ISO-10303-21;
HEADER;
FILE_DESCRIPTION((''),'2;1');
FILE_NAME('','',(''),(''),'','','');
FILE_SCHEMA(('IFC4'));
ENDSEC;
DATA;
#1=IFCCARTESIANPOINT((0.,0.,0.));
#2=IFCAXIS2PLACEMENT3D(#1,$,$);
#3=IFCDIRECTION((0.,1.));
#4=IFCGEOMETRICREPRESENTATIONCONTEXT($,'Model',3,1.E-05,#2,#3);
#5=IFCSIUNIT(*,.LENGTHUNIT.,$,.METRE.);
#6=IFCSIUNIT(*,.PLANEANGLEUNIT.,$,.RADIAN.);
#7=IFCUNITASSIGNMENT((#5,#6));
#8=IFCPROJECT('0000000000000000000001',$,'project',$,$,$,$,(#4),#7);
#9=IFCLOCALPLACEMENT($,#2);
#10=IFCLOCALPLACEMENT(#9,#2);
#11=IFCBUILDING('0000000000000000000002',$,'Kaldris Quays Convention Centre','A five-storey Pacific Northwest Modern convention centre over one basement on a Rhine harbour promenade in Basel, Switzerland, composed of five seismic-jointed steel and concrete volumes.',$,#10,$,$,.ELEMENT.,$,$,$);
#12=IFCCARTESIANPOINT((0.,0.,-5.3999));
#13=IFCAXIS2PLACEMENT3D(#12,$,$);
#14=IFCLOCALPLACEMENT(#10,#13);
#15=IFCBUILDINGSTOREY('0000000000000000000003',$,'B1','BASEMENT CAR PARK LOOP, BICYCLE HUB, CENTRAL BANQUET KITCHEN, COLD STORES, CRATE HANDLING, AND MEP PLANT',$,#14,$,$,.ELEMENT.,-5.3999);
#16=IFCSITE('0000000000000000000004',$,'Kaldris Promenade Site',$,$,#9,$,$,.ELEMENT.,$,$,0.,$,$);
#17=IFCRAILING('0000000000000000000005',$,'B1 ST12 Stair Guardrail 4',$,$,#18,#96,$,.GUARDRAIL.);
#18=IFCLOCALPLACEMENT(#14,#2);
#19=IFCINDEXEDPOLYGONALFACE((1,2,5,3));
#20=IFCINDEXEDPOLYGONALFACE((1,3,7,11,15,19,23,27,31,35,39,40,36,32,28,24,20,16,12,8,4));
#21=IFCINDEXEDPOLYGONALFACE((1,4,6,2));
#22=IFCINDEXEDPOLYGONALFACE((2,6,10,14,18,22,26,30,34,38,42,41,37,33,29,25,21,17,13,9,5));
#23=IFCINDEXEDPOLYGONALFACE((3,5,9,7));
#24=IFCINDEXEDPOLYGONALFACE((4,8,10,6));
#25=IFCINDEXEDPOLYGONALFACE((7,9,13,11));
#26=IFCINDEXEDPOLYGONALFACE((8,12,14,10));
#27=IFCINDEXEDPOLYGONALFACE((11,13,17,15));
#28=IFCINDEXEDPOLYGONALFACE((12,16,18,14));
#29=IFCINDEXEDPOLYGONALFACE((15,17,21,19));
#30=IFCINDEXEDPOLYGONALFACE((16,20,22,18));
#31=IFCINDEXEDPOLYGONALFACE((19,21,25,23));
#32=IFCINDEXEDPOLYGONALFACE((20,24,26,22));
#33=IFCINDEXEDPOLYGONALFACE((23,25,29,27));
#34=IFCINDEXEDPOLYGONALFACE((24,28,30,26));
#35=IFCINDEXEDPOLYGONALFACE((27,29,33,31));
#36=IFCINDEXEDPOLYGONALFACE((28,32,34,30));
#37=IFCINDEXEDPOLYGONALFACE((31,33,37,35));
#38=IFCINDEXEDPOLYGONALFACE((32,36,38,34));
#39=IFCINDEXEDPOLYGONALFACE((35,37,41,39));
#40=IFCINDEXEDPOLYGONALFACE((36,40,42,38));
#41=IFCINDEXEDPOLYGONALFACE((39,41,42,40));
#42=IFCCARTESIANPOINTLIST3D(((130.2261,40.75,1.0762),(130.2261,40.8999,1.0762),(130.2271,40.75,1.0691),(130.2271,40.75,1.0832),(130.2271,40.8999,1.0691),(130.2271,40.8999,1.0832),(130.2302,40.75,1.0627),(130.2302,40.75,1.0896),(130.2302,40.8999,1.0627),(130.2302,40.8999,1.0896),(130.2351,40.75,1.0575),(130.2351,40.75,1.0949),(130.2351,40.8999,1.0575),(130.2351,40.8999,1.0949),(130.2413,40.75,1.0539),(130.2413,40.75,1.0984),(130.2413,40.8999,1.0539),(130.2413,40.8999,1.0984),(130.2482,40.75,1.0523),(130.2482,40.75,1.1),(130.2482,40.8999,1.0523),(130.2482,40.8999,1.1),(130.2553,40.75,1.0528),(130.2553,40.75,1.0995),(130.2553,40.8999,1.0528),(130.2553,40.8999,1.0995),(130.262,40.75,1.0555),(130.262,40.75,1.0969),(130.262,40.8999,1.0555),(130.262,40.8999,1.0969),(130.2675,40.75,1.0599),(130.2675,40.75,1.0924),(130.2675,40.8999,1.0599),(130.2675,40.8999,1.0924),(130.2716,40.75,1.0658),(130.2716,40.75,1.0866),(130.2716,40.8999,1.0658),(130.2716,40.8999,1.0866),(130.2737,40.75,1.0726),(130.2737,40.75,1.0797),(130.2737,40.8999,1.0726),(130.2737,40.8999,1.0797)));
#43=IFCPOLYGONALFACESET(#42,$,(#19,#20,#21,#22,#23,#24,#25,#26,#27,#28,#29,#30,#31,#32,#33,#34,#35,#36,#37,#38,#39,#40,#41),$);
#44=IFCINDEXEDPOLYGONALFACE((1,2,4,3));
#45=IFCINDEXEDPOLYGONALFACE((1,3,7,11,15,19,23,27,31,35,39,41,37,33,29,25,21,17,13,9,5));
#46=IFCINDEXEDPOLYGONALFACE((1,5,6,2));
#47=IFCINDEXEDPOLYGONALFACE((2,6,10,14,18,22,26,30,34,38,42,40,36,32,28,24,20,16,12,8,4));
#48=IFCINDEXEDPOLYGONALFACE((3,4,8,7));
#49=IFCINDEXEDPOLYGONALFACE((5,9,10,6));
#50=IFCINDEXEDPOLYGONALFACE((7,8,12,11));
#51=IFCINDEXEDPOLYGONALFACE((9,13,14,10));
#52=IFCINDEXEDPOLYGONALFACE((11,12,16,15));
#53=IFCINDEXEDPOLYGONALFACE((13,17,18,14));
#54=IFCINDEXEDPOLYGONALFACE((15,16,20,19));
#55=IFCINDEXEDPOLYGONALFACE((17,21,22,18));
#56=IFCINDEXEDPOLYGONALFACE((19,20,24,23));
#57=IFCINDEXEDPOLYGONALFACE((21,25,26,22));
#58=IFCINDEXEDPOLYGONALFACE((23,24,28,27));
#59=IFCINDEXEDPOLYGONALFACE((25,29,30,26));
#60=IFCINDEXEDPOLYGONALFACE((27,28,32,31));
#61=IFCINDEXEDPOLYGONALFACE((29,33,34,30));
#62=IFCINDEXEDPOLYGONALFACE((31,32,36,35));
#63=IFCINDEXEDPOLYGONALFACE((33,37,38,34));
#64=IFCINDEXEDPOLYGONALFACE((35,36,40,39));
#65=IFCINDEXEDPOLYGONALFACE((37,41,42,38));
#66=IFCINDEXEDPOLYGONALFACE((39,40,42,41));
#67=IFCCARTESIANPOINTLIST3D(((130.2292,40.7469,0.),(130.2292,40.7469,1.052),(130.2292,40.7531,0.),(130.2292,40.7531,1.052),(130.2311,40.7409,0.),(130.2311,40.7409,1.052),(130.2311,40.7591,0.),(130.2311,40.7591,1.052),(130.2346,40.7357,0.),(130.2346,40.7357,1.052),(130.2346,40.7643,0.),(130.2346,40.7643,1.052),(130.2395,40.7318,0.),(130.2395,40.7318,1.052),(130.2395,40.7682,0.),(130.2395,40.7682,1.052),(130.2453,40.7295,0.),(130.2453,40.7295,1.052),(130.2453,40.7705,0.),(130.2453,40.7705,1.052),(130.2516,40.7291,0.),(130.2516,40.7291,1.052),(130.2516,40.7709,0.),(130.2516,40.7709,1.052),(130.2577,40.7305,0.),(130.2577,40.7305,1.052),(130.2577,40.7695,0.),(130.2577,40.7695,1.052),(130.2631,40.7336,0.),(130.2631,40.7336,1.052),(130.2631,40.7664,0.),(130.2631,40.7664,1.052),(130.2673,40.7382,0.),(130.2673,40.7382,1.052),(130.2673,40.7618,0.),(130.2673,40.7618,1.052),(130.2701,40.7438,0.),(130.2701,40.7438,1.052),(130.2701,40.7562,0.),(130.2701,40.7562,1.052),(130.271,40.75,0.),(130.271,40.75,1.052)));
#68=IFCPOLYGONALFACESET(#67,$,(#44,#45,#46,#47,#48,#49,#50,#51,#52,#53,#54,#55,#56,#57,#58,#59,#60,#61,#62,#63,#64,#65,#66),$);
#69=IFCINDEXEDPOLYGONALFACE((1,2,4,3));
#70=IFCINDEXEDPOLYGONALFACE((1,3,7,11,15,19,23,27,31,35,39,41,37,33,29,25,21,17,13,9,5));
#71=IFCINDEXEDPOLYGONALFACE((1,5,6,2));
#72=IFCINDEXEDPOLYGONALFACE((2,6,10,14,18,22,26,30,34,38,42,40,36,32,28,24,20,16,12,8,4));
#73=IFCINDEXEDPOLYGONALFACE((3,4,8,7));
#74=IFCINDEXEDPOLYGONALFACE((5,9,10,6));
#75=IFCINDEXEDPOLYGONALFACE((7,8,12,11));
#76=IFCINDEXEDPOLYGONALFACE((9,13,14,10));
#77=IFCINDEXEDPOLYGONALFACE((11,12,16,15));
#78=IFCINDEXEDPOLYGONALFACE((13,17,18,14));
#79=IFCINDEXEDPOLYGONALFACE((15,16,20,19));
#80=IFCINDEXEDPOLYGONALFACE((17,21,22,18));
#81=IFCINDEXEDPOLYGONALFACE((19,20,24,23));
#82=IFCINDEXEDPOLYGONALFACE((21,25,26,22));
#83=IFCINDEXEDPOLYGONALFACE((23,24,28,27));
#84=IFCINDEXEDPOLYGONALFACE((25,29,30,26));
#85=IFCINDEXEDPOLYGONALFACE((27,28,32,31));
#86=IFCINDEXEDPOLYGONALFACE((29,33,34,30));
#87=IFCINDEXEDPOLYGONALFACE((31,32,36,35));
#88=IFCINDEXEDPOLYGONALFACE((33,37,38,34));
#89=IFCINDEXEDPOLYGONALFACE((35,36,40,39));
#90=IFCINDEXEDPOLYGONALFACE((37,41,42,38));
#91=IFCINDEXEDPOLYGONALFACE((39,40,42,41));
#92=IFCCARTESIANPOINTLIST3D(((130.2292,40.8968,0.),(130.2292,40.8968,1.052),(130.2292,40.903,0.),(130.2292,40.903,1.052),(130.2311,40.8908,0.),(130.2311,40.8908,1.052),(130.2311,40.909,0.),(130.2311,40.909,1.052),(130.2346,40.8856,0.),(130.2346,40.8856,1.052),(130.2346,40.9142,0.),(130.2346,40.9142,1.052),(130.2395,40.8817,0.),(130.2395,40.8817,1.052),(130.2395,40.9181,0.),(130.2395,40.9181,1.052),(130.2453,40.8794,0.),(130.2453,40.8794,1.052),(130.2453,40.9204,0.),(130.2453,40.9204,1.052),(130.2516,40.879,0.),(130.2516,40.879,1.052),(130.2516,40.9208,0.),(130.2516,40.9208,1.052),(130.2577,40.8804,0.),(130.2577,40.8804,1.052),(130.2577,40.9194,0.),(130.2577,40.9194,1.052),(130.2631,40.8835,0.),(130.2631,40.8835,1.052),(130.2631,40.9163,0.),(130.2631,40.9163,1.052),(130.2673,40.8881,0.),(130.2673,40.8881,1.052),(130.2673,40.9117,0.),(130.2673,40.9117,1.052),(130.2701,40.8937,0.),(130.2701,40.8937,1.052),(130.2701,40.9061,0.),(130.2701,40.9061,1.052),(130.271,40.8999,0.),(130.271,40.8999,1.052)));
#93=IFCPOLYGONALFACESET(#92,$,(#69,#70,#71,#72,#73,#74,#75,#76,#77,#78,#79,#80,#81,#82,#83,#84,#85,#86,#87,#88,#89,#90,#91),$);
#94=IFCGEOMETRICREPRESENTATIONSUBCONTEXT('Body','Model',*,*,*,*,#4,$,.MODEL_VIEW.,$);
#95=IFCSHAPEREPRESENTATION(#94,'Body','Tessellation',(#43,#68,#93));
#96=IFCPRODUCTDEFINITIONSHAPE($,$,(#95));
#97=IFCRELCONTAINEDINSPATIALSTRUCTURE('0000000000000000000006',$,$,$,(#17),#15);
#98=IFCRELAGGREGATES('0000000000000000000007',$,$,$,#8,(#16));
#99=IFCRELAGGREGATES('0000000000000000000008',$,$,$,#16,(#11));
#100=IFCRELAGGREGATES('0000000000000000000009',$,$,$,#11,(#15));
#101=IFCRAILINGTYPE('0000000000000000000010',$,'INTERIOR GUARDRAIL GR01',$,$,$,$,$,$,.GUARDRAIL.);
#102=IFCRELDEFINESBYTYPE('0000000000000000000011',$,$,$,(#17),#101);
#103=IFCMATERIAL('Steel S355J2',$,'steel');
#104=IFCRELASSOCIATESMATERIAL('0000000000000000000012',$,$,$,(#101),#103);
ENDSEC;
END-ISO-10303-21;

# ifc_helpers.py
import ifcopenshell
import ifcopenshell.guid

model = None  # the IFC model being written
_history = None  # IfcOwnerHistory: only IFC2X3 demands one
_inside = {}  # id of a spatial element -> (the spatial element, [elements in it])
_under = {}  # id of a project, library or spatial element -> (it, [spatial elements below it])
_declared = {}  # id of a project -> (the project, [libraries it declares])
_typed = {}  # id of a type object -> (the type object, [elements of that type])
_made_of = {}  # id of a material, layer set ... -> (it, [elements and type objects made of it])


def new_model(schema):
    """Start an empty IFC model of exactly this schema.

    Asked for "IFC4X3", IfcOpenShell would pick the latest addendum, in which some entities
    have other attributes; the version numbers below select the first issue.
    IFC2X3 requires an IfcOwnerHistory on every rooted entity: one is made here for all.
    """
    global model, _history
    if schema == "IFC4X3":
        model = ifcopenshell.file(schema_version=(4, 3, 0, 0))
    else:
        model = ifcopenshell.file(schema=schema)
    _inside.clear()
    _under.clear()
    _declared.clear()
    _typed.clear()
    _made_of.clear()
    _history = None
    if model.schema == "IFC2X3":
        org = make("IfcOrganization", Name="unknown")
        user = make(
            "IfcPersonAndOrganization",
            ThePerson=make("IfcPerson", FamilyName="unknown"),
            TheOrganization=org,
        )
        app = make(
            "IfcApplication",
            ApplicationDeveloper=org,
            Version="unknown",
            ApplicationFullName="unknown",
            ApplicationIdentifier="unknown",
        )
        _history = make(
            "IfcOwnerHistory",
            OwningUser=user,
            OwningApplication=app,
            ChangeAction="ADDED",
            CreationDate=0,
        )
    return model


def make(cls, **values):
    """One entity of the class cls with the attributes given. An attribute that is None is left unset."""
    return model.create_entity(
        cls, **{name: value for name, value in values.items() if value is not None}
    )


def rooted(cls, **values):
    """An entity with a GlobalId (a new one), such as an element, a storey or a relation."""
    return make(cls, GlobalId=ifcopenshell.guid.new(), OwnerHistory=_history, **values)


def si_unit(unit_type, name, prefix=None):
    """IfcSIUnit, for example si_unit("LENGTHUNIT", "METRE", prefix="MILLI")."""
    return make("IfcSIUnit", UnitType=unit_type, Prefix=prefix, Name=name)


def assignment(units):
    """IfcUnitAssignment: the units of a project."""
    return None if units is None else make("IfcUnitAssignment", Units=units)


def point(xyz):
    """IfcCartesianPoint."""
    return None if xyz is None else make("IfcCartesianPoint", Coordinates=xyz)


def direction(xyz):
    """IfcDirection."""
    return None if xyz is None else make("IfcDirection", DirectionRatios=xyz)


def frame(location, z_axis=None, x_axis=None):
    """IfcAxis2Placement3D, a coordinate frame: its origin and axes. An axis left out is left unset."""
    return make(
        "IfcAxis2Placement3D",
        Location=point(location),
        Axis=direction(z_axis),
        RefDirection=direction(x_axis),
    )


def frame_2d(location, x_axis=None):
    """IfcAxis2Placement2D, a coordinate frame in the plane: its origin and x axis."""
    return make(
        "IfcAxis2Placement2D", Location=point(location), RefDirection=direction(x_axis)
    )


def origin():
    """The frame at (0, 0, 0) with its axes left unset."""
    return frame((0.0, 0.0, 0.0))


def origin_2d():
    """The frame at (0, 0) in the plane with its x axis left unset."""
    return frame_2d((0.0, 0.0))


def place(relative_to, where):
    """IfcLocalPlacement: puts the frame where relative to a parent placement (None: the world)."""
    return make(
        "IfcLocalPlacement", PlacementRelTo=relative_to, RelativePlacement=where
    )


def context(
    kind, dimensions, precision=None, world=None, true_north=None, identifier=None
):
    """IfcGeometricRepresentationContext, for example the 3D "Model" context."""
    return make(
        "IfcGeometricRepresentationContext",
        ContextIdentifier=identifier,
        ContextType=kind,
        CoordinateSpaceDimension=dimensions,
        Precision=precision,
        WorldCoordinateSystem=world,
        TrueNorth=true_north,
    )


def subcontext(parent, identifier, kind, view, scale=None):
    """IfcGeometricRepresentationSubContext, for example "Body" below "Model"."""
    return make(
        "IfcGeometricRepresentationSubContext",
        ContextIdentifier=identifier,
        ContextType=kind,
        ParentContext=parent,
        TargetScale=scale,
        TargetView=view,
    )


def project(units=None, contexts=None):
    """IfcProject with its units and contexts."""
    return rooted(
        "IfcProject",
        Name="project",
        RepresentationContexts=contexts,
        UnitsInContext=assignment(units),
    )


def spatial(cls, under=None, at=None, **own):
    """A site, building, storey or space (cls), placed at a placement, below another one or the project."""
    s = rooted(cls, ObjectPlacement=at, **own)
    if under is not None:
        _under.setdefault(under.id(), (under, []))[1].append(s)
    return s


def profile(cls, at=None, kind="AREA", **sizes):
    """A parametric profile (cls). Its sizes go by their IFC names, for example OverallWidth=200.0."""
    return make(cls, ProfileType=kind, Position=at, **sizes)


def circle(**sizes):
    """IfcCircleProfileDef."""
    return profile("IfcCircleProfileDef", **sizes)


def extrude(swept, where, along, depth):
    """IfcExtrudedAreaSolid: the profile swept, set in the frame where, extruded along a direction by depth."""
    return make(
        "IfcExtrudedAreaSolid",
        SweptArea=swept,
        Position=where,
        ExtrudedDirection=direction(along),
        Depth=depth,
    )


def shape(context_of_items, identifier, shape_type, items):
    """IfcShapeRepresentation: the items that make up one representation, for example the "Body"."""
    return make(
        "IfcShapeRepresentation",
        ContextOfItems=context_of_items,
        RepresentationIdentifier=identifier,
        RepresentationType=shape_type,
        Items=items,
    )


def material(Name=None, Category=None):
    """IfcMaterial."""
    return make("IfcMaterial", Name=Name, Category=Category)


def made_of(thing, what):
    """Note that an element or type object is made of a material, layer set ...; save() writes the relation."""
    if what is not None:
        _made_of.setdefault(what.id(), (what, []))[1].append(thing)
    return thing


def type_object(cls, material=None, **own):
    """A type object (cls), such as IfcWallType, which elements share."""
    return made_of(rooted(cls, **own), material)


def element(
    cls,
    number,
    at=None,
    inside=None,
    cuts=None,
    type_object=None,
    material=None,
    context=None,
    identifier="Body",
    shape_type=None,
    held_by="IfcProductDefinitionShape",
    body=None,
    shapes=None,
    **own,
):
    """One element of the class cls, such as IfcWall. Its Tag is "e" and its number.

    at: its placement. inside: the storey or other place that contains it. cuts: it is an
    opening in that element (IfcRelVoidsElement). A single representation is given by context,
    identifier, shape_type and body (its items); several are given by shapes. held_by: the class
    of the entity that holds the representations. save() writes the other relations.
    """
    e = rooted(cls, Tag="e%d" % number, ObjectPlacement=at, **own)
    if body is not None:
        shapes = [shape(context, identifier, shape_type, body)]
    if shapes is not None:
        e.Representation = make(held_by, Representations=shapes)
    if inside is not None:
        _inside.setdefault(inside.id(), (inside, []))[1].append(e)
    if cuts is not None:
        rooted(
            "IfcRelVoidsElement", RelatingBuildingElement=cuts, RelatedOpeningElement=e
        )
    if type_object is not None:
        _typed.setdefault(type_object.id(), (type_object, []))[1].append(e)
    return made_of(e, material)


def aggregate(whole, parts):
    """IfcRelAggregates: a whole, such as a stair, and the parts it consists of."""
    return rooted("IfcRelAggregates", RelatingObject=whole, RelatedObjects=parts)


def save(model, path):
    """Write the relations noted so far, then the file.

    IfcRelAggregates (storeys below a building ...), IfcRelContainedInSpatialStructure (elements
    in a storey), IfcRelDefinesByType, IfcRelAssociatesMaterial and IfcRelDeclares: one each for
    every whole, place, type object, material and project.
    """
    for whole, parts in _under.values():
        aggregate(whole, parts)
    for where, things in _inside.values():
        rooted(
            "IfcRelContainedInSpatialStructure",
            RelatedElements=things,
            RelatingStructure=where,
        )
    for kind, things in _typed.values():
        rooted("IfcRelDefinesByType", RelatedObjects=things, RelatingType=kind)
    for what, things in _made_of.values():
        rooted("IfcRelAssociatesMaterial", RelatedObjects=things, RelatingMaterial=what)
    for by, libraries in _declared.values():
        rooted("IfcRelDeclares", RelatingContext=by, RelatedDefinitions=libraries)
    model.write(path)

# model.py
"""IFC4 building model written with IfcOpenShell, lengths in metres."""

from ifc_helpers import new_model, si_unit, direction, frame, origin, origin_2d, place, context, subcontext, project, spatial, circle, extrude, material, type_object, element, save


model = new_model("IFC4")

# Units and contexts
model_context = context("Model", 3, precision=1e-05, world=origin(), true_north=direction((0.0, 1.0)))
body_context = subcontext(model_context, "Body", "Model", "MODEL_VIEW")
ifc_project = project(units=[si_unit("LENGTHUNIT", "METRE"), si_unit("PLANEANGLEUNIT", "RADIAN")], contexts=[model_context])

# Site, building, storey
site_placement = place(None, origin())
site = spatial("IfcSite", under=ifc_project, at=site_placement, Name="Kaldris Promenade Site", CompositionType="ELEMENT", RefElevation=0.0)
building_placement = place(site_placement, origin())
building = spatial("IfcBuilding", under=site, at=building_placement, Name="Kaldris Quays Convention Centre", Description="A five-storey Pacific Northwest Modern convention centre over one basement on a Rhine harbour promenade in Basel, Switzerland, composed of five seismic-jointed steel and concrete volumes.", CompositionType="ELEMENT")
storey_placement = place(building_placement, frame((0.0, 0.0, -5.3999)))
storey = spatial("IfcBuildingStorey", under=building, at=storey_placement, Name="B1", Description="BASEMENT CAR PARK LOOP, BICYCLE HUB, CENTRAL BANQUET KITCHEN, COLD STORES, CRATE HANDLING, AND MEP PLANT", CompositionType="ELEMENT", Elevation=-5.3999)

# Shared definitions
ifc_material_1 = material(Name="Steel S355J2", Category="steel")

# Railing
railing_type_1 = type_object("IfcRailingType", Name="INTERIOR GUARDRAIL GR01", PredefinedType="GUARDRAIL", material=ifc_material_1)
railing_1_placement = place(storey_placement, frame((130.25, 40.75, 0.0)))
element("IfcRailing", 1, at=railing_1_placement, inside=storey, type_object=railing_type_1, Name="B1 ST12 Stair Guardrail 4", PredefinedType="GUARDRAIL", context=body_context, shape_type="SweptSolid", body=[
    extrude(circle(Radius=0.0239, at=origin_2d()), frame((0.0, 0.0, 1.0762), z_axis=(0.0, 1.0, 0.0), x_axis=(-1.0, 0.0, 0.0)), (0.0, 0.0, 1.0), 0.1499),
    extrude(circle(Radius=0.021, at=origin_2d()), origin(), (0.0, 0.0, 1.0), 1.052),
    extrude(circle(Radius=0.021, at=origin_2d()), frame((0.0, 0.1499, 0.0)), (0.0, 0.0, 1.0), 1.052),
])

save(model, "model.ifc")
